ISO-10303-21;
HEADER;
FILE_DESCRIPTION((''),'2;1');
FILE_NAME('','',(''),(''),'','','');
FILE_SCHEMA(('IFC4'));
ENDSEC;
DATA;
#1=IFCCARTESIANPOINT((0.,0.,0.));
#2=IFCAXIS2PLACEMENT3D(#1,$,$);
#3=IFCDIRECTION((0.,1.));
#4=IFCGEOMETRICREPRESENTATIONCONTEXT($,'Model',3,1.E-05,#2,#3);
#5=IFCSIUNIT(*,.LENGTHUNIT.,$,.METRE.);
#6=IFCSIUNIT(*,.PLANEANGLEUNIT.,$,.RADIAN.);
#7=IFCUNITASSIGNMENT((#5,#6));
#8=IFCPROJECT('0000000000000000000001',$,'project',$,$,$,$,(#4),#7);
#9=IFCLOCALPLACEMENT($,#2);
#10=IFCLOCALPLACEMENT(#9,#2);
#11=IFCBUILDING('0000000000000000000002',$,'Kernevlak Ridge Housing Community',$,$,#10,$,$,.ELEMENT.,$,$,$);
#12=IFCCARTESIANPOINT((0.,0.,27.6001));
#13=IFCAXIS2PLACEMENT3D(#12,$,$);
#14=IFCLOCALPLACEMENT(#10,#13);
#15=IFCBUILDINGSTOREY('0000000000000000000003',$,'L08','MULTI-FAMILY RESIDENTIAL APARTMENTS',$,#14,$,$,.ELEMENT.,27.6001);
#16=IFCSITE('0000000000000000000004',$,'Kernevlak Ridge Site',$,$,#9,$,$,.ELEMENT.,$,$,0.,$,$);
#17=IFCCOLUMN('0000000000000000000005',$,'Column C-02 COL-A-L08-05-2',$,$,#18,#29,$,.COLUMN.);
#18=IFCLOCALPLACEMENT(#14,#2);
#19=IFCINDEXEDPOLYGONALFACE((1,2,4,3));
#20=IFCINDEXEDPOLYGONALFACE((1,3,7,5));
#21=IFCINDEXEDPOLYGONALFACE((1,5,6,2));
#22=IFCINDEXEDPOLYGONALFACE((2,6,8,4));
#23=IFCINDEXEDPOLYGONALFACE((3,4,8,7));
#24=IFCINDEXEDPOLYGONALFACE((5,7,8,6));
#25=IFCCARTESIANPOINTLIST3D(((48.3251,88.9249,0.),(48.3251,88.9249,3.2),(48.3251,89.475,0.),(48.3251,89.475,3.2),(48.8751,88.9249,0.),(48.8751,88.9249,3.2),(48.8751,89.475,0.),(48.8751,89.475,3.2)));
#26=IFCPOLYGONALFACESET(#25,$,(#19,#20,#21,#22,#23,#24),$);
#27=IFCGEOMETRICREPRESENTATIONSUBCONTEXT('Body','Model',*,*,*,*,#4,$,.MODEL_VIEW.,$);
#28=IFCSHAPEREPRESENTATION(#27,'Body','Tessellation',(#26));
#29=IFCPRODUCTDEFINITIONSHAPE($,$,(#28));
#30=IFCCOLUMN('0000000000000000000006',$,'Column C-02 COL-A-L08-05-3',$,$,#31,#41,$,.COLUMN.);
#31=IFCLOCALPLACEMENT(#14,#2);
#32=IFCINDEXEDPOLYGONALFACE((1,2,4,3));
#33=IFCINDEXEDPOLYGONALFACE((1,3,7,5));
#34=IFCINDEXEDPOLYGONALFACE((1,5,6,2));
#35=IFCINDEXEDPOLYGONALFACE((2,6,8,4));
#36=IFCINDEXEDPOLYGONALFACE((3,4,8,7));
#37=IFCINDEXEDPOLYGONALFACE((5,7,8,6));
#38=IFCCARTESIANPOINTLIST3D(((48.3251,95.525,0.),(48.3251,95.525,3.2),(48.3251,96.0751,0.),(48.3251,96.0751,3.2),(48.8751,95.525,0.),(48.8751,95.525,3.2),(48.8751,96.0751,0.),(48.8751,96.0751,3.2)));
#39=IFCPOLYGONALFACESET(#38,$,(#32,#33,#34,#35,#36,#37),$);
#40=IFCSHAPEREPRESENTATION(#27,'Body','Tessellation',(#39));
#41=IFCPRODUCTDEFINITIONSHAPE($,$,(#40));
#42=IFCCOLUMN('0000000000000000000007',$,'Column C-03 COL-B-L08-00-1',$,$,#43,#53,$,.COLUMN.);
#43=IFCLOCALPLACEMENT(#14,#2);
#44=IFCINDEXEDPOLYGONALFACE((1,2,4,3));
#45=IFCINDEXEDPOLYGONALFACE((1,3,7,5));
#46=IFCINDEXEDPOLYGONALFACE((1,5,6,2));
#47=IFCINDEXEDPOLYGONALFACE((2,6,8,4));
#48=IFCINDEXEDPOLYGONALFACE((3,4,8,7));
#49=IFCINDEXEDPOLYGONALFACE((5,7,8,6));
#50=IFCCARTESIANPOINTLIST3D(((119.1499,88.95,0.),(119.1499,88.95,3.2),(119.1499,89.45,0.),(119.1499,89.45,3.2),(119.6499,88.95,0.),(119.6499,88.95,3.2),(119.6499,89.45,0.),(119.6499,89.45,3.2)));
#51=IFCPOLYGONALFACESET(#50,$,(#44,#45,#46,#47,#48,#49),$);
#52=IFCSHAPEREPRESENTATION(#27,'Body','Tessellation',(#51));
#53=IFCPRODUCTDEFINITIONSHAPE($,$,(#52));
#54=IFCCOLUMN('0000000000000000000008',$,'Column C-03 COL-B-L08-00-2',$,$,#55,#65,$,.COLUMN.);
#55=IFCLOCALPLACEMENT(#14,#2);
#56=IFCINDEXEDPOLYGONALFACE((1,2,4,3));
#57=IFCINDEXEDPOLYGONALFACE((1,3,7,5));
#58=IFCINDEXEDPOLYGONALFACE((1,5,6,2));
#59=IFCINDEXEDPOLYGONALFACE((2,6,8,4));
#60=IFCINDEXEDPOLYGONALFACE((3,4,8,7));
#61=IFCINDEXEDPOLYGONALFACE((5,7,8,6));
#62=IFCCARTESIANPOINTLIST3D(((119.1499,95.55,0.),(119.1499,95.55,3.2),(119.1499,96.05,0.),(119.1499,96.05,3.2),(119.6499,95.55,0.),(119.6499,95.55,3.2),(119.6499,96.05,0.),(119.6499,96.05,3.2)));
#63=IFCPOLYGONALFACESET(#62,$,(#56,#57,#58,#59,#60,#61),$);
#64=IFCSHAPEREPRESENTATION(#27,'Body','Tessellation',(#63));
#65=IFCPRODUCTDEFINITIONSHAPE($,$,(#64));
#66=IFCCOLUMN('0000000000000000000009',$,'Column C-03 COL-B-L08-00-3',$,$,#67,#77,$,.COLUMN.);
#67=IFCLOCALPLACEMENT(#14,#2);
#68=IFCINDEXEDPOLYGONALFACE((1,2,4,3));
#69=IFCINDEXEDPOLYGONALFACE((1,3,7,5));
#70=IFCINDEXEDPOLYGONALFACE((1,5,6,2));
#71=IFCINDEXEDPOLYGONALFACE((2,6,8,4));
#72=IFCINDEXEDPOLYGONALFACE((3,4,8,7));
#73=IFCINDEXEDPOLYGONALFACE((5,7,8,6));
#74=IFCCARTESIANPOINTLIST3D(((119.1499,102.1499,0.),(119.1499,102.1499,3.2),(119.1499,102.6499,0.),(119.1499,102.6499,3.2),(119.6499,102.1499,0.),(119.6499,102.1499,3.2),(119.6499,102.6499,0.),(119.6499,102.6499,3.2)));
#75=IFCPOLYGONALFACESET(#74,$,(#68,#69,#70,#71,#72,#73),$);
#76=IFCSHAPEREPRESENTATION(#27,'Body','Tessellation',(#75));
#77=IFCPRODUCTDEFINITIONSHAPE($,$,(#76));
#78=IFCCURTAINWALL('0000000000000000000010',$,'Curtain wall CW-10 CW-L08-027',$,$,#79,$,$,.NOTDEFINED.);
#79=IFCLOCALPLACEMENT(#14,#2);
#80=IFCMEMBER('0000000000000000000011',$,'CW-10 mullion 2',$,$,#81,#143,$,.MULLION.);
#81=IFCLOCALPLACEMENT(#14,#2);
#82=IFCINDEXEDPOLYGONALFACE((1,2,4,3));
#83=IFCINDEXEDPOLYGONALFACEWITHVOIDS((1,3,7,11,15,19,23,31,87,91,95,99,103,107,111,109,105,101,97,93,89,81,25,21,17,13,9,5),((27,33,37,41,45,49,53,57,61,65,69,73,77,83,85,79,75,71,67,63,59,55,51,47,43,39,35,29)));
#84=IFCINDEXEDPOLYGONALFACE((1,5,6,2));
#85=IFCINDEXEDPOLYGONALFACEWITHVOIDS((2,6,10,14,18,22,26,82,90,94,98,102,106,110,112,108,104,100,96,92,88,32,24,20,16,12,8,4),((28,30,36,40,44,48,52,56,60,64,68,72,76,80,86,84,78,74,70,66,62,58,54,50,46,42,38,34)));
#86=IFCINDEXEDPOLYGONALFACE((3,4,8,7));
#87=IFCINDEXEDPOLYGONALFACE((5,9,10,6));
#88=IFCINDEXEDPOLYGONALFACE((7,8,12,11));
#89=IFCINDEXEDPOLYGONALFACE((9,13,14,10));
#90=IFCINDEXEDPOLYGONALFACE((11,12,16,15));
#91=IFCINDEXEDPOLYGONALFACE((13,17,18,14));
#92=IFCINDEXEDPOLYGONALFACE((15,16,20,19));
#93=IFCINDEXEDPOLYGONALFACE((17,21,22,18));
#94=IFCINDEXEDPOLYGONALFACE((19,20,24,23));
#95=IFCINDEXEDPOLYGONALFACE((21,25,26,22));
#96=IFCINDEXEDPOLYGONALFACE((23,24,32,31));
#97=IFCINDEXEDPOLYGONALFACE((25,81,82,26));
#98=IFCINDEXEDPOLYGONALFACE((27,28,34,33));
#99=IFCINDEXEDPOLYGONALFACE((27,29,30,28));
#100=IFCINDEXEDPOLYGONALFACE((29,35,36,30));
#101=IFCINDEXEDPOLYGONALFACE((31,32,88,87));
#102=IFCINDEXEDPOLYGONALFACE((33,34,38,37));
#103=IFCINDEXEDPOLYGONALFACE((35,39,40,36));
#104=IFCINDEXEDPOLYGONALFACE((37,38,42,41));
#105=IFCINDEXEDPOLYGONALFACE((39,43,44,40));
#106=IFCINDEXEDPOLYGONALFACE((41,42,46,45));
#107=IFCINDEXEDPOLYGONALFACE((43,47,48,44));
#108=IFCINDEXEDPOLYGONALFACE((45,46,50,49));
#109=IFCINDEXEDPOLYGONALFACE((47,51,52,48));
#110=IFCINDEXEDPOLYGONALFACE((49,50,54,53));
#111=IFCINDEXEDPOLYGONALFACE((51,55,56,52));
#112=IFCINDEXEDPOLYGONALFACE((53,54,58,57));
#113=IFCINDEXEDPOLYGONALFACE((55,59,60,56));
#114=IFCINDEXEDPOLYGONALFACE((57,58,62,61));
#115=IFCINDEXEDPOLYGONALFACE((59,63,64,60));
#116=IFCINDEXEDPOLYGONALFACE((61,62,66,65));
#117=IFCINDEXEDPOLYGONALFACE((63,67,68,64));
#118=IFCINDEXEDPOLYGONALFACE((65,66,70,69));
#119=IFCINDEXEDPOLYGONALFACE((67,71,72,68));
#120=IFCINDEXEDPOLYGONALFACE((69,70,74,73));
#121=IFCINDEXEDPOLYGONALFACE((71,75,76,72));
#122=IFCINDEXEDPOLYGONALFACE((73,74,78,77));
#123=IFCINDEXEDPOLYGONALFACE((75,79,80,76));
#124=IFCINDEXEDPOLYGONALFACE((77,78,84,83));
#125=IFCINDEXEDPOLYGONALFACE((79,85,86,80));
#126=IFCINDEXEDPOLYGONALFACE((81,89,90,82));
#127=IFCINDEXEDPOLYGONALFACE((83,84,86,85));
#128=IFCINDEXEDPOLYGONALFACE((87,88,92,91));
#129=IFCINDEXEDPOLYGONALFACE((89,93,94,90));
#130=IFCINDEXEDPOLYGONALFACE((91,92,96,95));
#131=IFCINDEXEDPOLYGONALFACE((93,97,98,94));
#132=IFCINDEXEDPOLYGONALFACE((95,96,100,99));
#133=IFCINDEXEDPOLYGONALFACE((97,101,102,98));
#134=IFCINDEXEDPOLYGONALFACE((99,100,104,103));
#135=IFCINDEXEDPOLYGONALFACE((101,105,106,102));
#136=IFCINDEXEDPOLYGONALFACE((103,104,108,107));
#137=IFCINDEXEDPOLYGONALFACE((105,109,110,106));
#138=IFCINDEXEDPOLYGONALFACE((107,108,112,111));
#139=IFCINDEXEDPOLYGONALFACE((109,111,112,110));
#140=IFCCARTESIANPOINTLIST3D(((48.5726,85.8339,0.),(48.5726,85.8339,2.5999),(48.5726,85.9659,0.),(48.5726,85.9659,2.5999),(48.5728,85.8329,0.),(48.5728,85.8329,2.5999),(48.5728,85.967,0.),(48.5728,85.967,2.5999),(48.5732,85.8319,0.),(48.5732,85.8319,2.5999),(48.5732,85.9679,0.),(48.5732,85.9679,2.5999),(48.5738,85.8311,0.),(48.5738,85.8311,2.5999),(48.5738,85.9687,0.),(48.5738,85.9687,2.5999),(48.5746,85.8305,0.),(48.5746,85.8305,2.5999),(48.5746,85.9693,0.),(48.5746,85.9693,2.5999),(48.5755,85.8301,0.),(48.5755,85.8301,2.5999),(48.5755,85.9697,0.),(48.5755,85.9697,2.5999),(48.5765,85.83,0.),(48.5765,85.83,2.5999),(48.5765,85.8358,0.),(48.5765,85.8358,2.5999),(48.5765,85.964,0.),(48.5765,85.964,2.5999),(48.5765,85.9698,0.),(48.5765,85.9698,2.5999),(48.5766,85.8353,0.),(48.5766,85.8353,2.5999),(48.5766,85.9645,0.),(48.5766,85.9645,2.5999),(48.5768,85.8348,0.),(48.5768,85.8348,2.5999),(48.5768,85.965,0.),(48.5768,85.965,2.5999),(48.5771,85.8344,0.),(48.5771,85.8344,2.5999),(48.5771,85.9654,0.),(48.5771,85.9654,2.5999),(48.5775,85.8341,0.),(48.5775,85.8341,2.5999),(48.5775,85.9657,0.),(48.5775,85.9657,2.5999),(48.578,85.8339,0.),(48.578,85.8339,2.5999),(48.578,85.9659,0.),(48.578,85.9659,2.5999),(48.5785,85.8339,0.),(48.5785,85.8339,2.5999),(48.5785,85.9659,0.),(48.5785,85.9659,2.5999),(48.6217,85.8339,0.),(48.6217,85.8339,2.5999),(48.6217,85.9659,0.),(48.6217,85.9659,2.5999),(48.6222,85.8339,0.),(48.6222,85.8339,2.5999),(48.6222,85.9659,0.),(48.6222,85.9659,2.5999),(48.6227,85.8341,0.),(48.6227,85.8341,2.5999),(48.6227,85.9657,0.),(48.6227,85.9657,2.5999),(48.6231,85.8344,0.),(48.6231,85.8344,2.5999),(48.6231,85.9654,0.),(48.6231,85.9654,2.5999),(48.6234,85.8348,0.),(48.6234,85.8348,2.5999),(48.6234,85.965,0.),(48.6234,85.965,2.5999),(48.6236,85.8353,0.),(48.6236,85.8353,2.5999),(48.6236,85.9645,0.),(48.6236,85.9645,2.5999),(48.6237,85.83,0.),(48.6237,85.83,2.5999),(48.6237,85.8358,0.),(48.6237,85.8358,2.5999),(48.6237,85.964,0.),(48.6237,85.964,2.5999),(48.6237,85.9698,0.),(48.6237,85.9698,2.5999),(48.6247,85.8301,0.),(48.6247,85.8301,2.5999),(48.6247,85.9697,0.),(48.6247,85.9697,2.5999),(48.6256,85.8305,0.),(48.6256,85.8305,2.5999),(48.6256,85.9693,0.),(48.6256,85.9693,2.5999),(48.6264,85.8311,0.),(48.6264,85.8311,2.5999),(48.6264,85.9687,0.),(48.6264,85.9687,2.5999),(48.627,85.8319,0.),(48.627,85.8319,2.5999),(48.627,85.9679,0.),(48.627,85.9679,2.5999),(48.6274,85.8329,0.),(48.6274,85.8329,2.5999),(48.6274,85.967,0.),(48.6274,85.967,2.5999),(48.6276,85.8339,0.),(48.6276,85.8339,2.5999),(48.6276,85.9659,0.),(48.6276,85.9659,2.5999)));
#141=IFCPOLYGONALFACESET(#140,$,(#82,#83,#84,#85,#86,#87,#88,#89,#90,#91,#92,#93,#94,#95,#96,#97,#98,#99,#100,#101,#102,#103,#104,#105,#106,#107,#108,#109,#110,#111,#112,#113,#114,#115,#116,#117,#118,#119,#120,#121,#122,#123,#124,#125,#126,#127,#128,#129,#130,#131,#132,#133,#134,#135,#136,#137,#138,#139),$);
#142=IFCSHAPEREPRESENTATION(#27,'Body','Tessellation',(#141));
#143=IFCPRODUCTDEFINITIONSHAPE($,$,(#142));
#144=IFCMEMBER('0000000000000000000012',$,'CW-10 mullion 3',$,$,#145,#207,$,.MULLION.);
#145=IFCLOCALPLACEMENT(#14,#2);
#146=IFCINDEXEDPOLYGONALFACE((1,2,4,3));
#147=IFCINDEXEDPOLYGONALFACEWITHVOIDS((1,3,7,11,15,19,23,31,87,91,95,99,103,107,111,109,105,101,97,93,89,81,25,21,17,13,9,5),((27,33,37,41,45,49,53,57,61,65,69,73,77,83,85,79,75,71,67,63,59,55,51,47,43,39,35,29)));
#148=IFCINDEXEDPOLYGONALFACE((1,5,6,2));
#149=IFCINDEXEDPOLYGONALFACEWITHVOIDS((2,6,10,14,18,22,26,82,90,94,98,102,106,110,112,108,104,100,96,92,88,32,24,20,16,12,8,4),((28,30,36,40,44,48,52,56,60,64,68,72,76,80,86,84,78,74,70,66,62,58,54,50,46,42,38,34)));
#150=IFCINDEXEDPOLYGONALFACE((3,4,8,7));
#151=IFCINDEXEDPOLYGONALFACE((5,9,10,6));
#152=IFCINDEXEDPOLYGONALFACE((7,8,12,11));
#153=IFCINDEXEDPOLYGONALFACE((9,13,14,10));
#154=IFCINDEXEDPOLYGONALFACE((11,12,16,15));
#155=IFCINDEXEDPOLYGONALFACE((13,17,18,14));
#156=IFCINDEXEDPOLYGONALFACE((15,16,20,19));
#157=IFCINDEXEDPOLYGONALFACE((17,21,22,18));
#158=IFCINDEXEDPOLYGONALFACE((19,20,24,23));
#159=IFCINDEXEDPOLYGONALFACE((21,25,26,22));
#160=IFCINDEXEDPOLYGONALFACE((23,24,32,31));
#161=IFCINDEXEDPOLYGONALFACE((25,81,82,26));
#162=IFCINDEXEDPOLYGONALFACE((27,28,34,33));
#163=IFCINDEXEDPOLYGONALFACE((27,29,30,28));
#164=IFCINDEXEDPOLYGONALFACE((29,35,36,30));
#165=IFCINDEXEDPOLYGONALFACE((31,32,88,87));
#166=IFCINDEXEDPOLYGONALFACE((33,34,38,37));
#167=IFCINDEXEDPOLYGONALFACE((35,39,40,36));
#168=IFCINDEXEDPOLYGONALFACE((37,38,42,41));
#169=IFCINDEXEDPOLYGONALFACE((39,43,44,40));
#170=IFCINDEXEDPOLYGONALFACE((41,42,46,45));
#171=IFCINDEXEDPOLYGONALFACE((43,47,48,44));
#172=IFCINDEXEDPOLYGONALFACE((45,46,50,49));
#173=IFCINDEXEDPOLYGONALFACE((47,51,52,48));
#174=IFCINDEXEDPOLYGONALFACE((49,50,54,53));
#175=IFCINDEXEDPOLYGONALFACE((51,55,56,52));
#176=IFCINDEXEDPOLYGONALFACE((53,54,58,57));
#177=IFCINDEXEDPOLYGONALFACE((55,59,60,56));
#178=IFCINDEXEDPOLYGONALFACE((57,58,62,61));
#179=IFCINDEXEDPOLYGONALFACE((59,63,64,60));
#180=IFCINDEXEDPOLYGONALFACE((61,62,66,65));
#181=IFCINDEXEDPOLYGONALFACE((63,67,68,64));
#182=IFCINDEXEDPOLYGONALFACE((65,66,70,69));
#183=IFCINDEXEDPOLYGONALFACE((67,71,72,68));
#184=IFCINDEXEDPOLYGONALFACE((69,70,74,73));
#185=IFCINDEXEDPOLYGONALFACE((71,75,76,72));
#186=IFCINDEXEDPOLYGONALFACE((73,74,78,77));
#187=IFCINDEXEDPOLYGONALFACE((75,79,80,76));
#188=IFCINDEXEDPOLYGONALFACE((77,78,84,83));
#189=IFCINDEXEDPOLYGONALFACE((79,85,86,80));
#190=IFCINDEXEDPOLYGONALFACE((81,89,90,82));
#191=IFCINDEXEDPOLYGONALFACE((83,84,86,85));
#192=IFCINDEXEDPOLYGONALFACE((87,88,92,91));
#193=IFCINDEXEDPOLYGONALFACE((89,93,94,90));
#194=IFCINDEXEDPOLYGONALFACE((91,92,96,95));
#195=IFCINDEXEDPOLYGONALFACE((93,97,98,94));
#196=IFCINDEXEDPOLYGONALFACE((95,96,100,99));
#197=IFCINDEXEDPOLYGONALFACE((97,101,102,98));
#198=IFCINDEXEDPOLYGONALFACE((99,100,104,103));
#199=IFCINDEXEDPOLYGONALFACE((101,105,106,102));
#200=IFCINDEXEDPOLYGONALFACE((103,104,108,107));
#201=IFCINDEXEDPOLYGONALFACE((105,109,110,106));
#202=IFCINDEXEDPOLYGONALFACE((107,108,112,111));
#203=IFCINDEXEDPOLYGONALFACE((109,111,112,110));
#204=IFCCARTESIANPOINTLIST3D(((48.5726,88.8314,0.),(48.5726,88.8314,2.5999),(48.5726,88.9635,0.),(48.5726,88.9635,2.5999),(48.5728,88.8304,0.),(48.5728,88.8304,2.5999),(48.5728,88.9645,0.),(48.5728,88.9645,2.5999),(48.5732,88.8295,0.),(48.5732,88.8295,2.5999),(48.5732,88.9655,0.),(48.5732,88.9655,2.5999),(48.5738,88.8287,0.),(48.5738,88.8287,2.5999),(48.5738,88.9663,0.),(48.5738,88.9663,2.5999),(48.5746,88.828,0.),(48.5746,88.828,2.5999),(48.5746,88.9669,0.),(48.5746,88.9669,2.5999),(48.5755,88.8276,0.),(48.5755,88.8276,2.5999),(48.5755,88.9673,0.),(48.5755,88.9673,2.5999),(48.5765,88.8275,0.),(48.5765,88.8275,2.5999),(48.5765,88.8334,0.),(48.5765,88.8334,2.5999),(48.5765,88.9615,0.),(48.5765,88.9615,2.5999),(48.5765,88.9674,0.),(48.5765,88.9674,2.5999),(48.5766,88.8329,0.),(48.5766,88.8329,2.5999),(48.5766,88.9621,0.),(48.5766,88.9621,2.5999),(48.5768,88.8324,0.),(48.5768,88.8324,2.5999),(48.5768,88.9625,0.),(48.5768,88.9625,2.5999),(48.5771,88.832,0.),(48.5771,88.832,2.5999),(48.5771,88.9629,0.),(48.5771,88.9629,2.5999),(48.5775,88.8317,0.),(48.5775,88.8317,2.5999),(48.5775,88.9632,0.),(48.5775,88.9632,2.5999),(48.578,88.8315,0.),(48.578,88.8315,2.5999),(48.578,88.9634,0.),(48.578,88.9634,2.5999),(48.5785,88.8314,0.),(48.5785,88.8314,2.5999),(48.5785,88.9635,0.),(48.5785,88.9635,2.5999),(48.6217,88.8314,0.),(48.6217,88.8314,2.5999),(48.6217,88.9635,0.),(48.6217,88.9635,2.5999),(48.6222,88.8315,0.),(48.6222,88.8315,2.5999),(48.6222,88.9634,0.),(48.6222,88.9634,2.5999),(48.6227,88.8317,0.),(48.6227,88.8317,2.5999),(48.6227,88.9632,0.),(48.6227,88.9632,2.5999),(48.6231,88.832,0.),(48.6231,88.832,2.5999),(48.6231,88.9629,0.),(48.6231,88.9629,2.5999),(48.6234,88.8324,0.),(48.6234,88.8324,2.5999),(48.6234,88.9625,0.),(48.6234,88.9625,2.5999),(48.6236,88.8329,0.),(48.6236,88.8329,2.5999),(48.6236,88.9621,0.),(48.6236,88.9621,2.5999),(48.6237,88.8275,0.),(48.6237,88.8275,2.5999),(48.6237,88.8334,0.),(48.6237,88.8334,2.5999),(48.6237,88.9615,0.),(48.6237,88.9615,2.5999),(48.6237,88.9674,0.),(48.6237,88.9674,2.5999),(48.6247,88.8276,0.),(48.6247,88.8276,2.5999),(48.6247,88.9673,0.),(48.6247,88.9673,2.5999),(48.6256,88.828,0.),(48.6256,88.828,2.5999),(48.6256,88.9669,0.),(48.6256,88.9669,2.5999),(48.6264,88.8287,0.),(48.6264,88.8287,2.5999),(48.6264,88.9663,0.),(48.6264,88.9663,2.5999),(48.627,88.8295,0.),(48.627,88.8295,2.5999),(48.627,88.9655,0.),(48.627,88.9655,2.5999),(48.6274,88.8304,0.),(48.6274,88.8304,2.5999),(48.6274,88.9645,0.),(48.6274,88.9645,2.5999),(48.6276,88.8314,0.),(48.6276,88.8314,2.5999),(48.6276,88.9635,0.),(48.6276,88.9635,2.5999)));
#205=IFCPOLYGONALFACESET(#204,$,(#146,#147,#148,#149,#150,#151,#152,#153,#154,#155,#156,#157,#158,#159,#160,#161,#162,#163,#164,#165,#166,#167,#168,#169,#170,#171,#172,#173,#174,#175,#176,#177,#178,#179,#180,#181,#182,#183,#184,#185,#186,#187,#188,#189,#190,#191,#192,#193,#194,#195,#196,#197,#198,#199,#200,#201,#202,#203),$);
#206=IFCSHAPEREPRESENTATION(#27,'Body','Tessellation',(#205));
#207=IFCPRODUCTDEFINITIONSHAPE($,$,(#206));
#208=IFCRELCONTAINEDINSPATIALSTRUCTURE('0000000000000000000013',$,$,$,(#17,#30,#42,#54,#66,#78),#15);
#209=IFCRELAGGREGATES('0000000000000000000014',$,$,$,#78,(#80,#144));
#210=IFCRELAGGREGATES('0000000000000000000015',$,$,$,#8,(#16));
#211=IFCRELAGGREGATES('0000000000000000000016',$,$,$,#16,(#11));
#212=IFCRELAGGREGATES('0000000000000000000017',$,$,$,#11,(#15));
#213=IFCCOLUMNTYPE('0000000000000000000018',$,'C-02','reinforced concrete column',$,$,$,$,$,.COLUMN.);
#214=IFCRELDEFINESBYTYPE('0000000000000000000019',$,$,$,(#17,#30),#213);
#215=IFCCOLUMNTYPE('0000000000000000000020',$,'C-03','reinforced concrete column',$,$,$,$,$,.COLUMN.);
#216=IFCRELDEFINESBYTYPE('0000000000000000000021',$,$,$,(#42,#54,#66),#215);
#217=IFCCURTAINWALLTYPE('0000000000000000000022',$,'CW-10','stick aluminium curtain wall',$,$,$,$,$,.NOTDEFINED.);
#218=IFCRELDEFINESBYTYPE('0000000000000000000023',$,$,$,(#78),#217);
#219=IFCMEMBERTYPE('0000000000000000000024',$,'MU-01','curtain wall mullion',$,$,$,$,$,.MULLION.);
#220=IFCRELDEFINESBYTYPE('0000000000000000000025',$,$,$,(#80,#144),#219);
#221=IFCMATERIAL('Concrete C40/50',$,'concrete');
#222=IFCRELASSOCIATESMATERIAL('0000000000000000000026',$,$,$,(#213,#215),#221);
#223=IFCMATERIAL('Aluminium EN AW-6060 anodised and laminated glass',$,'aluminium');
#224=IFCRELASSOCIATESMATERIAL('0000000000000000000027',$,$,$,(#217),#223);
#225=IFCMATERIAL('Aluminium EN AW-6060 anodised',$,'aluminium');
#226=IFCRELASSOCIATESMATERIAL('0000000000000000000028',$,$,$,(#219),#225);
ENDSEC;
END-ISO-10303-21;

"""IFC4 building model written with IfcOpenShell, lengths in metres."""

from ifc_helpers import new_model, si_unit, direction, frame, origin, origin_2d, place, context, subcontext, project, spatial, rectangle, hollow_rectangle, extrude, material, material_profile, profile_set, type_object, element, aggregate, save


model = new_model("IFC4")

# Units and contexts
model_context = context("Model", 3, precision=1e-05, world=origin(), true_north=direction((0.0, 1.0)))
body_context = subcontext(model_context, "Body", "Model", "MODEL_VIEW")
ifc_project = project(units=[si_unit("LENGTHUNIT", "METRE"), si_unit("PLANEANGLEUNIT", "RADIAN")], contexts=[model_context])

# Site, building, storey
site_placement = place(None, origin())
site = spatial("IfcSite", under=ifc_project, at=site_placement, Name="Kernevlak Ridge Site", CompositionType="ELEMENT", RefElevation=0.0)
building_placement = place(site_placement, origin())
building = spatial("IfcBuilding", under=site, at=building_placement, Name="Kernevlak Ridge Housing Community", CompositionType="ELEMENT")
storey_placement = place(building_placement, frame((0.0, 0.0, 27.6001)))
storey = spatial("IfcBuildingStorey", under=building, at=storey_placement, Name="L08", Description="MULTI-FAMILY RESIDENTIAL APARTMENTS", CompositionType="ELEMENT", Elevation=27.6001)

# Columns
ifc_material_1 = material(Name="Concrete C40/50", Category="concrete")
ifc_material_profile_1 = material_profile(ifc_material_1, rectangle(XDim=0.55, YDim=0.55, at=origin_2d()), Name="RC 550x550")
ifc_profile_set_1 = profile_set([ifc_material_profile_1], Name="Concrete C40/50")
column_type_1 = type_object("IfcColumnType", Name="C-02", Description="reinforced concrete column", PredefinedType="COLUMN", material=ifc_profile_set_1)
for number, where, z_axis, x_axis, name in (
    (1, (48.6001, 89.2, 0.0), (0.0, 0.0, 1.0), (1.0, 0.0, 0.0), "Column C-02 COL-A-L08-05-2"),
    (2, (48.6001, 95.8, 0.0), (0.0, 0.0, 1.0), (1.0, 0.0, 0.0), "Column C-02 COL-A-L08-05-3"),
):
    element("IfcColumn", number, at=place(storey_placement, frame(where, z_axis=z_axis, x_axis=x_axis)), inside=storey, type_object=column_type_1, Name=name, PredefinedType="COLUMN", context=body_context, shape_type="SweptSolid", body=[
        extrude(rectangle(XDim=0.55, YDim=0.55, at=origin_2d()), origin(), (0.0, 0.0, 1.0), 3.2),
    ])
ifc_material_profile_2 = material_profile(ifc_material_1, rectangle(XDim=0.5, YDim=0.5, at=origin_2d()), Name="RC 500x500")
ifc_profile_set_2 = profile_set([ifc_material_profile_2], Name="Concrete C40/50")
column_type_2 = type_object("IfcColumnType", Name="C-03", Description="reinforced concrete column", PredefinedType="COLUMN", material=ifc_profile_set_2)
for number, where, z_axis, x_axis, name in (
    (3, (119.3999, 89.2, 0.0), (0.0, 0.0, 1.0), (1.0, 0.0, 0.0), "Column C-03 COL-B-L08-00-1"),
    (4, (119.3999, 95.8, 0.0), (0.0, 0.0, 1.0), (1.0, 0.0, 0.0), "Column C-03 COL-B-L08-00-2"),
    (5, (119.3999, 102.3999, 0.0), (0.0, 0.0, 1.0), (1.0, 0.0, 0.0), "Column C-03 COL-B-L08-00-3"),
):
    element("IfcColumn", number, at=place(storey_placement, frame(where, z_axis=z_axis, x_axis=x_axis)), inside=storey, type_object=column_type_2, Name=name, PredefinedType="COLUMN", context=body_context, shape_type="SweptSolid", body=[
        extrude(rectangle(XDim=0.5, YDim=0.5, at=origin_2d()), origin(), (0.0, 0.0, 1.0), 3.2),
    ])

# Curtain wall, members
ifc_material_2 = material(Name="Aluminium EN AW-6060 anodised and laminated glass", Category="aluminium")
curtain_wall_type = type_object("IfcCurtainWallType", Name="CW-10", Description="stick aluminium curtain wall", PredefinedType="NOTDEFINED", material=ifc_material_2)
curtain_wall_placement = place(storey_placement, origin())
curtain_wall = element("IfcCurtainWall", 6, at=curtain_wall_placement, inside=storey, type_object=curtain_wall_type, Name="Curtain wall CW-10 CW-L08-027", PredefinedType="NOTDEFINED")
ifc_material_3 = material(Name="Aluminium EN AW-6060 anodised", Category="aluminium")
ifc_material_profile_3 = material_profile(ifc_material_3, hollow_rectangle(XDim=0.0549, YDim=0.1399, WallThickness=0.0039, InnerFilletRadius=0.002, OuterFilletRadius=0.0039, at=origin_2d()), Name="ALU 55x140x4")
ifc_profile_set_3 = profile_set([ifc_material_profile_3], Name="Aluminium EN AW-6060 anodised")
member_type_1 = type_object("IfcMemberType", Name="MU-01", Description="curtain wall mullion", PredefinedType="MULLION", material=ifc_profile_set_3)
member_1_placement = place(storey_placement, frame((48.6001, 85.8999, 0.0), z_axis=(0.0, 0.0, 1.0), x_axis=(-1.0, 0.0, 0.0)))
member_1 = element("IfcMember", 7, at=member_1_placement, type_object=member_type_1, Name="CW-10 mullion 2", PredefinedType="MULLION", context=body_context, shape_type="SweptSolid", body=[
    extrude(hollow_rectangle(XDim=0.0549, YDim=0.1399, WallThickness=0.0039, InnerFilletRadius=0.002, OuterFilletRadius=0.0039, at=origin_2d()), origin(), (0.0, 0.0, 1.0), 2.5999),
])
member_2_placement = place(storey_placement, frame((48.6001, 88.8975, 0.0), z_axis=(0.0, 0.0, 1.0), x_axis=(-1.0, 0.0, 0.0)))
member_2 = element("IfcMember", 8, at=member_2_placement, type_object=member_type_1, Name="CW-10 mullion 3", PredefinedType="MULLION", context=body_context, shape_type="SweptSolid", body=[
    extrude(hollow_rectangle(XDim=0.0549, YDim=0.1399, WallThickness=0.0039, InnerFilletRadius=0.002, OuterFilletRadius=0.0039, at=origin_2d()), origin(), (0.0, 0.0, 1.0), 2.5999),
])

aggregate(curtain_wall, [member_1, member_2])

save(model, "model.ifc")
